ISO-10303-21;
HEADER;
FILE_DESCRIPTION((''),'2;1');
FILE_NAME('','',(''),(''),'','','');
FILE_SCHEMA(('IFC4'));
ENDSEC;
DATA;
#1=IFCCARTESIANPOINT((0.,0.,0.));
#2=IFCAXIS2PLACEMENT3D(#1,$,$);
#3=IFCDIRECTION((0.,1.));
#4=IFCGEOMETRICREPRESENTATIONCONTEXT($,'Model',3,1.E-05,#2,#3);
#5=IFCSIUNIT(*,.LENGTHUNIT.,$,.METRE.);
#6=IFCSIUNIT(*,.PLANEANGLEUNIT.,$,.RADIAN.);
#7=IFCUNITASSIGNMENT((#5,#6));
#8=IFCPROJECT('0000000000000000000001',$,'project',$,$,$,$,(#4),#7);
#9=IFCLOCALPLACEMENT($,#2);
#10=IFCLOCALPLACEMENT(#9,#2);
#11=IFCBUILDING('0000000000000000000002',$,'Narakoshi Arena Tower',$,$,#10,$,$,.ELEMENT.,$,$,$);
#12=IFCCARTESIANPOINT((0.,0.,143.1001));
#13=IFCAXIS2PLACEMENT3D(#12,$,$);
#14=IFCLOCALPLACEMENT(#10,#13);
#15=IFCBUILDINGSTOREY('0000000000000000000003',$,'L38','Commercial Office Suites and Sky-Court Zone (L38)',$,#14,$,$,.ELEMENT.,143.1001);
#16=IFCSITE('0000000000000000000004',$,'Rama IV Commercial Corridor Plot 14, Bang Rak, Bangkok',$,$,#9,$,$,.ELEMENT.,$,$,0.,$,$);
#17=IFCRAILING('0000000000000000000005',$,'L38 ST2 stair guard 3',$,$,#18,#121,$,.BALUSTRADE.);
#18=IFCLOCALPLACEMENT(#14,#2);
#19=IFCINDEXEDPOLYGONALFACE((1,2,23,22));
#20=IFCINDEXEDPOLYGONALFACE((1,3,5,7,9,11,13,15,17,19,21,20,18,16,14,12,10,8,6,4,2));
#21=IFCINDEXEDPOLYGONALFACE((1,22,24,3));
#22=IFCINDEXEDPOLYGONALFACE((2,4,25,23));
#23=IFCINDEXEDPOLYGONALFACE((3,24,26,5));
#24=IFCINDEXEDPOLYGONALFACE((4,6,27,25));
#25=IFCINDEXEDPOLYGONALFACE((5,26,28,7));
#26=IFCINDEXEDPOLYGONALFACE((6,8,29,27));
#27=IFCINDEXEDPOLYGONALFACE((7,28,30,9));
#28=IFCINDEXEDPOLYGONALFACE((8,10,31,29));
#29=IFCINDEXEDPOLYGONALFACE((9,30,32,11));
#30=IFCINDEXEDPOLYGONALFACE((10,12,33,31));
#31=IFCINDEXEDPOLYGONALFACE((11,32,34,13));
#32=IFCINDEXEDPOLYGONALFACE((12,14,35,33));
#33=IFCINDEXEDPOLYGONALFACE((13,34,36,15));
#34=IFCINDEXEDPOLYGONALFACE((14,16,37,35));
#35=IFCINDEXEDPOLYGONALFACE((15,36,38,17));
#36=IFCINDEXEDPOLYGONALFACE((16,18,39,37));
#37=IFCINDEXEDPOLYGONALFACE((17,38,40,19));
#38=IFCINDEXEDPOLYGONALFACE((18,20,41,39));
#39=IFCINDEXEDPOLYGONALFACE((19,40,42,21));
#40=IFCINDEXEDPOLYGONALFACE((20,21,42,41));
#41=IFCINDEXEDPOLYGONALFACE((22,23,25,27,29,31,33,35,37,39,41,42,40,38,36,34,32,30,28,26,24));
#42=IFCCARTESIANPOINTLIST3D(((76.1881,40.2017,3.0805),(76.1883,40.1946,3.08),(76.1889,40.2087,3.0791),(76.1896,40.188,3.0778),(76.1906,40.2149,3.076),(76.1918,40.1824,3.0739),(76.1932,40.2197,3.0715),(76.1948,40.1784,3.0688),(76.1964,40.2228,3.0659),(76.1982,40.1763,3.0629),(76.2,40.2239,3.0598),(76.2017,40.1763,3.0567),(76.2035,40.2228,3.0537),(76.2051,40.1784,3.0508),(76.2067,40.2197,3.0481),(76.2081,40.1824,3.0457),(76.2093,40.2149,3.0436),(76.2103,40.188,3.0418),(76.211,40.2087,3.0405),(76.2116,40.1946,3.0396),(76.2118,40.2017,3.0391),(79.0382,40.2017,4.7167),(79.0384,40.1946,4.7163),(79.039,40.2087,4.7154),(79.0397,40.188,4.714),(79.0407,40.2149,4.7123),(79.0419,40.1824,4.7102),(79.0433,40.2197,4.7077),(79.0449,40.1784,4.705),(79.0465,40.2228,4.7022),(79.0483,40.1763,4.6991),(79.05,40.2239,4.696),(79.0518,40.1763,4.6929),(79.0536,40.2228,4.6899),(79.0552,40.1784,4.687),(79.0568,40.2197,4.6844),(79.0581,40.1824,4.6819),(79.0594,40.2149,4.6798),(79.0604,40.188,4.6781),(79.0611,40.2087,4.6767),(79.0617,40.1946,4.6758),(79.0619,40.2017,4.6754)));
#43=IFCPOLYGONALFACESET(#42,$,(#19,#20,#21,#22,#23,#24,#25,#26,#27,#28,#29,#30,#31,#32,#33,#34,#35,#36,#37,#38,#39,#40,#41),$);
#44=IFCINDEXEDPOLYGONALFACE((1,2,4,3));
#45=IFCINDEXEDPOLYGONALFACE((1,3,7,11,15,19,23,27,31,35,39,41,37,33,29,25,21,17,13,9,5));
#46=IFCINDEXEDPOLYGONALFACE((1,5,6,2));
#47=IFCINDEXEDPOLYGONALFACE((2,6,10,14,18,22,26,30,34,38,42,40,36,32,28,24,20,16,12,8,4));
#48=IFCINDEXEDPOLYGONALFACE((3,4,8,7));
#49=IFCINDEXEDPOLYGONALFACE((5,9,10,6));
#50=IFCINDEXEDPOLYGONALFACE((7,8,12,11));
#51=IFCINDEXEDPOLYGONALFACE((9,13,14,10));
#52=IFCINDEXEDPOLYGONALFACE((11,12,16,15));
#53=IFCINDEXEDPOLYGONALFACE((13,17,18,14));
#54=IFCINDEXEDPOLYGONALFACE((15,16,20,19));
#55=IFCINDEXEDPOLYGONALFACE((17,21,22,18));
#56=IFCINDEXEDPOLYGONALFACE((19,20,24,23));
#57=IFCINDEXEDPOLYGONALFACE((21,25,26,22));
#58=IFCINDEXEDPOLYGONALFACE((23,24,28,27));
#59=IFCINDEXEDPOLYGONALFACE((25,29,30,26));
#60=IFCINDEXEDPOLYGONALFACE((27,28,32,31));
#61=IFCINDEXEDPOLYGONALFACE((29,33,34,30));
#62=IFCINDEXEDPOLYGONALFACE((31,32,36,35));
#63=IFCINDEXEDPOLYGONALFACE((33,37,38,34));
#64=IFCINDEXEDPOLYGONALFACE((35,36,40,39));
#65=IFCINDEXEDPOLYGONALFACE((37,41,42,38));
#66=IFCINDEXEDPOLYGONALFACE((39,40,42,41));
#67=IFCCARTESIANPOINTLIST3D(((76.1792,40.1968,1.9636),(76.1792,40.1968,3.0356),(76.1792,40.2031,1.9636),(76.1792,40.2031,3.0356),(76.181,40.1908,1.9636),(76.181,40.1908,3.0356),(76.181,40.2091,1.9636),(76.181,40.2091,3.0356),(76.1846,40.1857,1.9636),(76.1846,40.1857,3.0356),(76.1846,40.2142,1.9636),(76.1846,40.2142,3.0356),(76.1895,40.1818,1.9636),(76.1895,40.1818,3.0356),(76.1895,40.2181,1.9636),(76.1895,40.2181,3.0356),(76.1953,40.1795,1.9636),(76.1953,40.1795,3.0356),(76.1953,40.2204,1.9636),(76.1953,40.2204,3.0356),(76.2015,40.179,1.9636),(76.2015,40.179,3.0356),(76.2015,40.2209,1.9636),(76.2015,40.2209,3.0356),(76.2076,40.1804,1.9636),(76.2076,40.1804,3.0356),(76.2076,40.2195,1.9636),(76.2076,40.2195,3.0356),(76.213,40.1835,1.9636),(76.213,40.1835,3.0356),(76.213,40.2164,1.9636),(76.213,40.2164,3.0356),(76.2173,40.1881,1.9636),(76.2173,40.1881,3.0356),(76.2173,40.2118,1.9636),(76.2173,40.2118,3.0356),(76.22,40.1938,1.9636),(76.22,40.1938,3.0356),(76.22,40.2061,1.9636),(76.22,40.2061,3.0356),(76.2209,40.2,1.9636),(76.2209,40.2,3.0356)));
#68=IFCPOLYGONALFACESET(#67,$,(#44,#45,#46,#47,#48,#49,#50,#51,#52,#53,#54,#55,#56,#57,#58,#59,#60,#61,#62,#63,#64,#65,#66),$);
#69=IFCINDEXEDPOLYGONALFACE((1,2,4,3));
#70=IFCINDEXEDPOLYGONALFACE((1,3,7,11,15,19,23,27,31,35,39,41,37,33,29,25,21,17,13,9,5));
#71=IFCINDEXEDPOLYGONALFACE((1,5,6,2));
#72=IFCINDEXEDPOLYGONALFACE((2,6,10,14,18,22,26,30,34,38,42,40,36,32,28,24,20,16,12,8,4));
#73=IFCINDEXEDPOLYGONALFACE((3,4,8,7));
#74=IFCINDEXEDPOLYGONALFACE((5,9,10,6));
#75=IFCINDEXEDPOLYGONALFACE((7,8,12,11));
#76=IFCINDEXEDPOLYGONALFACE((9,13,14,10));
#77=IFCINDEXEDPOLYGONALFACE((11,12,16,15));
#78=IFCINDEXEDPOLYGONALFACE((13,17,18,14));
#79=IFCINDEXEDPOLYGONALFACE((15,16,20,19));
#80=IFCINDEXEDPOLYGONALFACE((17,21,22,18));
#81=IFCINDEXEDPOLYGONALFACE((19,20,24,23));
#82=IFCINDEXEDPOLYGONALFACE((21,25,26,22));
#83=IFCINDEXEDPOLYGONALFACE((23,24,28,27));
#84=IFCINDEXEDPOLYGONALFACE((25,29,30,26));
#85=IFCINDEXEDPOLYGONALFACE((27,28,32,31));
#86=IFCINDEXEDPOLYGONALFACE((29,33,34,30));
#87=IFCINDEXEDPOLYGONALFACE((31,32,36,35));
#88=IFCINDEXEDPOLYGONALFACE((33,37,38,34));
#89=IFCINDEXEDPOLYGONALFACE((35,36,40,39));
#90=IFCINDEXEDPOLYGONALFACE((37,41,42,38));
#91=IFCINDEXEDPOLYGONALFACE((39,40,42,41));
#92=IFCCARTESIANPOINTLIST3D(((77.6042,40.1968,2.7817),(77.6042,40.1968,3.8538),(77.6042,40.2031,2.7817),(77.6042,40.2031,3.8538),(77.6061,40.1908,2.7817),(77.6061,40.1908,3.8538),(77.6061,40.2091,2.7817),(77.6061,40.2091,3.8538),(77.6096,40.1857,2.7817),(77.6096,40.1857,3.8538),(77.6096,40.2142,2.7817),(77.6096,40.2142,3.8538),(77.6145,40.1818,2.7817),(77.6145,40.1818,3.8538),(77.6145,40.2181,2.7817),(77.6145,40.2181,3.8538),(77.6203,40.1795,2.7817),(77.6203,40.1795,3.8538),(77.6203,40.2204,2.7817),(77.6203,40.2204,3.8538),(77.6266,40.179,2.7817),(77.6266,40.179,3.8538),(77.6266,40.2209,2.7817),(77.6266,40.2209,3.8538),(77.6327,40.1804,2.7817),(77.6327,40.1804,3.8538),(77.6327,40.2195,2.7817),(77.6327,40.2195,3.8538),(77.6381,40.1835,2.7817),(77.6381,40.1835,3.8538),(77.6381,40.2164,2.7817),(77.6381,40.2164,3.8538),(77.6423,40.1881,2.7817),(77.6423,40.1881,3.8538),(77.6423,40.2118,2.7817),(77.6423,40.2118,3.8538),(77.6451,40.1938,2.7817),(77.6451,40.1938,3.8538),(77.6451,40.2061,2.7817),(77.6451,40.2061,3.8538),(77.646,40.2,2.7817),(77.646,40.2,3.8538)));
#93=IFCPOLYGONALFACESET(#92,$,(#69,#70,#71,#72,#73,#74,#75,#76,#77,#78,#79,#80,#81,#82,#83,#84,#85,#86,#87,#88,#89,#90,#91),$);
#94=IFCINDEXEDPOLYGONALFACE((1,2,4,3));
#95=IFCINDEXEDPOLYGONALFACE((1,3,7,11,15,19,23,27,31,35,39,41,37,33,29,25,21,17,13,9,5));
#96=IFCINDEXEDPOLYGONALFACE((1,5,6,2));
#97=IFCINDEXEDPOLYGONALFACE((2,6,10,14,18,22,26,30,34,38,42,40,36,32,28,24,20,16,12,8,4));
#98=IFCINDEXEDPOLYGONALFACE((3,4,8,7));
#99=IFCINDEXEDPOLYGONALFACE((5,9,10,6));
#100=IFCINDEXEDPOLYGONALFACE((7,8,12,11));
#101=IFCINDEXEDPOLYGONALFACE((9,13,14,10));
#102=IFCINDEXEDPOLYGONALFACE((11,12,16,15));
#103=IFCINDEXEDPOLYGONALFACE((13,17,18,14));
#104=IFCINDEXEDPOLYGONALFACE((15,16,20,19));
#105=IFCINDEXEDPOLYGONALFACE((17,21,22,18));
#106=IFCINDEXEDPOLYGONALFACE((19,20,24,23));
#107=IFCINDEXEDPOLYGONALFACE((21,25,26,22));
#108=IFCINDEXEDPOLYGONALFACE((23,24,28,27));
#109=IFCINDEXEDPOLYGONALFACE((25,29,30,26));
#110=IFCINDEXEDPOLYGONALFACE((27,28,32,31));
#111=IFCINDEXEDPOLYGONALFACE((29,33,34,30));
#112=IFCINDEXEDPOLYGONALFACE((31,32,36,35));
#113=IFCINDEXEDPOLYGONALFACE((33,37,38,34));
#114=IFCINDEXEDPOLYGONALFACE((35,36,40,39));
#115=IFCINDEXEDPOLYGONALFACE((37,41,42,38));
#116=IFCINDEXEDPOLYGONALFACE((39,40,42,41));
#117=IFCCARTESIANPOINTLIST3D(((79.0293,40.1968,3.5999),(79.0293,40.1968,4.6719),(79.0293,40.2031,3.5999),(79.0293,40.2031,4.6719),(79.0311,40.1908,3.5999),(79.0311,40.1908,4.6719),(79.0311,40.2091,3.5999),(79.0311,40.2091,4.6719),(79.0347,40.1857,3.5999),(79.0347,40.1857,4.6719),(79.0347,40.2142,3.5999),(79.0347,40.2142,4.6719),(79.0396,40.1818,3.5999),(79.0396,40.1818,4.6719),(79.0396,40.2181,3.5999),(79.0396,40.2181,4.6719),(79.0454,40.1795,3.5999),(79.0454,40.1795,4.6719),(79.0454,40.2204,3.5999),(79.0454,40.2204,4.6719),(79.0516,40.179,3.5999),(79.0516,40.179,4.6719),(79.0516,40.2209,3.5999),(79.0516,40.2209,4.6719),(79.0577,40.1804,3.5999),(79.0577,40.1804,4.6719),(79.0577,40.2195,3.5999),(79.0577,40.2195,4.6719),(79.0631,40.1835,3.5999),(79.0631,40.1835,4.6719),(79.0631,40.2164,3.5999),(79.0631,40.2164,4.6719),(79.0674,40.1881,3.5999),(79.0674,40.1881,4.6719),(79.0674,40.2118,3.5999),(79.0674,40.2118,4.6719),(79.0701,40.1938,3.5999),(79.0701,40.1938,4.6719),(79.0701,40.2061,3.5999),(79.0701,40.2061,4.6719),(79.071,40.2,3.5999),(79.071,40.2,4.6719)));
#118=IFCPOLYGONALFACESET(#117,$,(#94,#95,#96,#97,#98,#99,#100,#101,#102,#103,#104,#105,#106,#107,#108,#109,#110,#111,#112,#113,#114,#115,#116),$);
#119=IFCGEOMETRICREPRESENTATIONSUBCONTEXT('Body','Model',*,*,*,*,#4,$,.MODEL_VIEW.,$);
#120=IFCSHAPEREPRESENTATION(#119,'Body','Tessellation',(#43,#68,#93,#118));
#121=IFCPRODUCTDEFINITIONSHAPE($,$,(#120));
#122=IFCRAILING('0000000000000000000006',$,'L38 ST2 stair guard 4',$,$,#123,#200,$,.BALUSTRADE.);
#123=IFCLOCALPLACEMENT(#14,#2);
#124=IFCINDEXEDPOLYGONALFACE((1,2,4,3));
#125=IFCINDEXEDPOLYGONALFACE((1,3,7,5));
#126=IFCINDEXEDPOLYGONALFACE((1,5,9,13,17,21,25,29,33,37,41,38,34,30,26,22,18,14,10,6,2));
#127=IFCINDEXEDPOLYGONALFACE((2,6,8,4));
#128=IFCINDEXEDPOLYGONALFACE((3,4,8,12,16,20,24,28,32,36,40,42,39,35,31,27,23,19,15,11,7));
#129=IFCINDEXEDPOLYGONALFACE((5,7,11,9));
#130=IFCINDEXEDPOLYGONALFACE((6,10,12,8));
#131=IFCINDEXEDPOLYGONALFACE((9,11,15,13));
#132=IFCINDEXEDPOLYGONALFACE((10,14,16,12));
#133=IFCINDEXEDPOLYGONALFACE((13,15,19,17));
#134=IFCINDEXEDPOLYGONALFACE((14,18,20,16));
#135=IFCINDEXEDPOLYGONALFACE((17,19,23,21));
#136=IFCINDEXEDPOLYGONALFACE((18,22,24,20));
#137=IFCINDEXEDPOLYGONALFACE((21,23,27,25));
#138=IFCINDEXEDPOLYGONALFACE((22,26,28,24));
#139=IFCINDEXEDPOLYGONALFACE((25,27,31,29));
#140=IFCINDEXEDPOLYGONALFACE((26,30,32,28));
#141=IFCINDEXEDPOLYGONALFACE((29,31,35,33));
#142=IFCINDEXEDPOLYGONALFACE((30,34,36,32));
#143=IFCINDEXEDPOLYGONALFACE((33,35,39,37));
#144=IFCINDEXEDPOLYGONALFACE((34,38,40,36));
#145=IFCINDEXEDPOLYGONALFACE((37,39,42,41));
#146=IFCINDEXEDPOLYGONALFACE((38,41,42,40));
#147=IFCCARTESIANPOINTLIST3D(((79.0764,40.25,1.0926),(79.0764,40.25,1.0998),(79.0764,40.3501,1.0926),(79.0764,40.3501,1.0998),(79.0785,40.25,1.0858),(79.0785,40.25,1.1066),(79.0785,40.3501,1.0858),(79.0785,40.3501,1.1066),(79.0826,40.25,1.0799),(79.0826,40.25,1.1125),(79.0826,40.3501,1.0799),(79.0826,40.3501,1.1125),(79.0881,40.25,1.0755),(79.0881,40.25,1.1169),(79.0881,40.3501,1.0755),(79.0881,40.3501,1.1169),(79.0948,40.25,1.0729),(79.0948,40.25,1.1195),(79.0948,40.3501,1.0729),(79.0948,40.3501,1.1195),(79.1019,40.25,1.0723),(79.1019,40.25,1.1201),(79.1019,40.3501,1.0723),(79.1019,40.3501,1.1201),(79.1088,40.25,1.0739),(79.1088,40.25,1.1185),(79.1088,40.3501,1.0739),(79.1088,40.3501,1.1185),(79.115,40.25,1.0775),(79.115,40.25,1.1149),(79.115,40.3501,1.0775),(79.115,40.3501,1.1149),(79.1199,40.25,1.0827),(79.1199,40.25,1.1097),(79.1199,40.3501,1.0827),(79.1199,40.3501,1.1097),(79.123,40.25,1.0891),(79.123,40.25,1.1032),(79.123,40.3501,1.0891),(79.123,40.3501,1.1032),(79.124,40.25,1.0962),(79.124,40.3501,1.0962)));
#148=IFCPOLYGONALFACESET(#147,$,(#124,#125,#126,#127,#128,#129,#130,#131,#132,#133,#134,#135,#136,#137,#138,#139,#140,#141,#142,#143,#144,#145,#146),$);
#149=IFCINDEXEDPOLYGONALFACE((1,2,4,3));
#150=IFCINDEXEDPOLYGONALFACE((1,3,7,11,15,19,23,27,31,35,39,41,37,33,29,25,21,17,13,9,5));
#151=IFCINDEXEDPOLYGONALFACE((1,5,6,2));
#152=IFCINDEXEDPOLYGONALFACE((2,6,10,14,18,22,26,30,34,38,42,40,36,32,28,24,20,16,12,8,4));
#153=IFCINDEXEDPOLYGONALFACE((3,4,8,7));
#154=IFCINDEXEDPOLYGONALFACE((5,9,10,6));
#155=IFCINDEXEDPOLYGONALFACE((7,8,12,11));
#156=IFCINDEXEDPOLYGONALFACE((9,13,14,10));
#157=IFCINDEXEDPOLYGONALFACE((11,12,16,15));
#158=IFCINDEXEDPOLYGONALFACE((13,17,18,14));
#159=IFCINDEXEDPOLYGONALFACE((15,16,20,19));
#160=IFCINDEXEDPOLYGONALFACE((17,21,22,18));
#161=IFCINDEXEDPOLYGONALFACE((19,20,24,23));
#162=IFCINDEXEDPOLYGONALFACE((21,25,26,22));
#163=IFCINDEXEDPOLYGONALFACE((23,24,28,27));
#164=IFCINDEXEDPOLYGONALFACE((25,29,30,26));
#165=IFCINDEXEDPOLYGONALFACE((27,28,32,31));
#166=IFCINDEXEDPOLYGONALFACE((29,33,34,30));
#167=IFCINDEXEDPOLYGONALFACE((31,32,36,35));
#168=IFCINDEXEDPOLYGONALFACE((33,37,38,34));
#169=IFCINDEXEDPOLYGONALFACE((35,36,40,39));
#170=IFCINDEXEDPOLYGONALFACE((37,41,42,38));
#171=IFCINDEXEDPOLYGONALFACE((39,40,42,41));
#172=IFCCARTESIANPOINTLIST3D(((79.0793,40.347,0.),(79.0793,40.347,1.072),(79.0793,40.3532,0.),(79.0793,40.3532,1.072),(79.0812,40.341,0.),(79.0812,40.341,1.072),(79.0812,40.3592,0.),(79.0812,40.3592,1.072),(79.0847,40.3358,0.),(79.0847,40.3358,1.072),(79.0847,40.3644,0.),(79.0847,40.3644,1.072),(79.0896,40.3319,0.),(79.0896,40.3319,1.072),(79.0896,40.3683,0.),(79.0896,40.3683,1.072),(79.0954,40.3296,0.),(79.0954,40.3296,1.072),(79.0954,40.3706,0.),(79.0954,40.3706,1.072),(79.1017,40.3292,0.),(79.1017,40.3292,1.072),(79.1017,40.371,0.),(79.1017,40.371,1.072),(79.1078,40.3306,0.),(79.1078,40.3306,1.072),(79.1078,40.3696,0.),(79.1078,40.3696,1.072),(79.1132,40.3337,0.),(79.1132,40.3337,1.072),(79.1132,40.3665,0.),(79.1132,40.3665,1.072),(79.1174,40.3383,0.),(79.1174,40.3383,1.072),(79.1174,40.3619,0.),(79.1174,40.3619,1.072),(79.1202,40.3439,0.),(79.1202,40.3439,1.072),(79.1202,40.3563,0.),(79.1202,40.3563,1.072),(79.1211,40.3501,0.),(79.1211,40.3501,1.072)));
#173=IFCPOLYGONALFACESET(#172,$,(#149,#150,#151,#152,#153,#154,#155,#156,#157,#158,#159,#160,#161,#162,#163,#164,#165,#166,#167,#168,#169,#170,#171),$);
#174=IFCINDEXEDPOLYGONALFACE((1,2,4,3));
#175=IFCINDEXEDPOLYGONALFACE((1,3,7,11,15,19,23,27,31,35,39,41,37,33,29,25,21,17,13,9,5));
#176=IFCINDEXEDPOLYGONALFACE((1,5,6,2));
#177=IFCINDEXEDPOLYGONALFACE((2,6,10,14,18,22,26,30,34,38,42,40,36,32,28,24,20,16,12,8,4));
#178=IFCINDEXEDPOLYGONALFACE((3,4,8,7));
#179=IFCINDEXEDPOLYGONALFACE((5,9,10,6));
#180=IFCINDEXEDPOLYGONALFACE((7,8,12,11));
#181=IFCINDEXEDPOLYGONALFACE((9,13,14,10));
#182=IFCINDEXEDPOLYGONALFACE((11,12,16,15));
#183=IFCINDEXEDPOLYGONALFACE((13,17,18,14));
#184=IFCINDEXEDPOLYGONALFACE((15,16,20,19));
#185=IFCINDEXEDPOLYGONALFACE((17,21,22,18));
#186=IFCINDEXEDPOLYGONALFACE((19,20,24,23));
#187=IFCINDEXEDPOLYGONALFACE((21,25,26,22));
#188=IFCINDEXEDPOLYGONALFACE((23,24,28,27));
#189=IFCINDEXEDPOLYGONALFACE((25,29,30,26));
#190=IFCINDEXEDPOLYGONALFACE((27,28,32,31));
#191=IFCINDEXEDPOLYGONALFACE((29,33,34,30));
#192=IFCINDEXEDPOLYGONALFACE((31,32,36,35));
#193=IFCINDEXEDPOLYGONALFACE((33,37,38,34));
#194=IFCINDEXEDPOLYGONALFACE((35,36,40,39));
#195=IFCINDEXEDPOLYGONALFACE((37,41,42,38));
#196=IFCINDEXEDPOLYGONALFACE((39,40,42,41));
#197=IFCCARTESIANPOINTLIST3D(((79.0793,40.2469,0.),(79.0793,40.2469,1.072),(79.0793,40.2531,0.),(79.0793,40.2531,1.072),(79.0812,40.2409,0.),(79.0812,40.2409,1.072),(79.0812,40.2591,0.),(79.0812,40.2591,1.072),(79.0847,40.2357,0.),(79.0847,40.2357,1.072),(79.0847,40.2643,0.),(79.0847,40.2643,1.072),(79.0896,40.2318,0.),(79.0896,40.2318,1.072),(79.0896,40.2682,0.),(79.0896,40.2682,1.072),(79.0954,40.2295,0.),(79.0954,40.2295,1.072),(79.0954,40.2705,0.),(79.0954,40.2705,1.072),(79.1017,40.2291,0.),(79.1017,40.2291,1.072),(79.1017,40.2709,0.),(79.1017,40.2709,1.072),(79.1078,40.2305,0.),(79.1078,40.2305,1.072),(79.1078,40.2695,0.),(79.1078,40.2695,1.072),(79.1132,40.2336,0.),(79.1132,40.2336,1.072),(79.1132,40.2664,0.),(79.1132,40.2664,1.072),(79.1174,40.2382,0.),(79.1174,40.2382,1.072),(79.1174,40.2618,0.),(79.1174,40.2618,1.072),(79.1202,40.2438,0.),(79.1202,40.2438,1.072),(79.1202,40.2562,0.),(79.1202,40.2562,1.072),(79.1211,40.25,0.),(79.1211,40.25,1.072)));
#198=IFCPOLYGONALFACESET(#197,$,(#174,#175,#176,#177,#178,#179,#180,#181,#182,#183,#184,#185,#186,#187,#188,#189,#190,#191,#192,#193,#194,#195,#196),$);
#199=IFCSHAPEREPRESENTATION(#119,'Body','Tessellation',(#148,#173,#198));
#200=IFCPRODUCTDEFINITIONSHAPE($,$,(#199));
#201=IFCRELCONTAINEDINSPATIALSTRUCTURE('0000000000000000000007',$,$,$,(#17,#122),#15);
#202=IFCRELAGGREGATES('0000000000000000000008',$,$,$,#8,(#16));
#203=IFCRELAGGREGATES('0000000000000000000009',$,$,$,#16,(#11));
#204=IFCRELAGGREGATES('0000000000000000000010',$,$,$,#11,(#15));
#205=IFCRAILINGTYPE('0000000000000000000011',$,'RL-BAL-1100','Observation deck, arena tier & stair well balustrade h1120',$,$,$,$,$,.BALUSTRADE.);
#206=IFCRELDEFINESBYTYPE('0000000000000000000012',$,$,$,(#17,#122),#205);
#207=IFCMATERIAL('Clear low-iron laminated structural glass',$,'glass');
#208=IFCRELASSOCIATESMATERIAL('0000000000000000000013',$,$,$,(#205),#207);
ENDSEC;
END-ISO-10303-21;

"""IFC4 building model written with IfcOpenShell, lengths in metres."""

from ifc_helpers import new_model, si_unit, direction, frame, origin, origin_2d, place, context, subcontext, project, spatial, circle, extrude, material, type_object, element, save


model = new_model("IFC4")

# Units and contexts
model_context = context("Model", 3, precision=1e-05, world=origin(), true_north=direction((0.0, 1.0)))
body_context = subcontext(model_context, "Body", "Model", "MODEL_VIEW")
ifc_project = project(units=[si_unit("LENGTHUNIT", "METRE"), si_unit("PLANEANGLEUNIT", "RADIAN")], contexts=[model_context])

# Site, building, storey
site_placement = place(None, origin())
site = spatial("IfcSite", under=ifc_project, at=site_placement, Name="Rama IV Commercial Corridor Plot 14, Bang Rak, Bangkok", CompositionType="ELEMENT", RefElevation=0.0)
building_placement = place(site_placement, origin())
building = spatial("IfcBuilding", under=site, at=building_placement, Name="Narakoshi Arena Tower", CompositionType="ELEMENT")
storey_placement = place(building_placement, frame((0.0, 0.0, 143.1001)))
storey = spatial("IfcBuildingStorey", under=building, at=storey_placement, Name="L38", Description="Commercial Office Suites and Sky-Court Zone (L38)", CompositionType="ELEMENT", Elevation=143.1001)

# Railings
ifc_material_1 = material(Name="Clear low-iron laminated structural glass", Category="glass")
railing_type_1 = type_object("IfcRailingType", Name="RL-BAL-1100", Description="Observation deck, arena tier & stair well balustrade h1120", PredefinedType="BALUSTRADE", material=ifc_material_1)
railing_1_placement = place(storey_placement, frame((76.2, 40.2, 1.9636)))
element("IfcRailing", 1, at=railing_1_placement, inside=storey, type_object=railing_type_1, Name="L38 ST2 stair guard 3", PredefinedType="BALUSTRADE", context=body_context, shape_type="SweptSolid", body=[
    extrude(circle(Radius=0.0239, at=origin_2d()), frame((0.0, 0.0, 1.0962), z_axis=(0.867245, 0.0, 0.497882), x_axis=(0.0, 1.0, 0.0)), (0.0, 0.0, 1.0), 3.2864),
    extrude(circle(Radius=0.021, at=origin_2d()), origin(), (0.0, 0.0, 1.0), 1.072),
    extrude(circle(Radius=0.021, at=origin_2d()), frame((1.425, 0.0, 0.8181)), (0.0, 0.0, 1.0), 1.072),
    extrude(circle(Radius=0.021, at=origin_2d()), frame((2.8501, 0.0, 1.6362)), (0.0, 0.0, 1.0), 1.072),
])
railing_2_placement = place(storey_placement, frame((79.1001, 40.3501, 0.0)))
element("IfcRailing", 2, at=railing_2_placement, inside=storey, type_object=railing_type_1, Name="L38 ST2 stair guard 4", PredefinedType="BALUSTRADE", context=body_context, shape_type="SweptSolid", body=[
    extrude(circle(Radius=0.0239, at=origin_2d()), frame((0.0, 0.0, 1.0962), z_axis=(0.0, -1.0, 0.0), x_axis=(1.0, 0.0, 0.0)), (0.0, 0.0, 1.0), 0.1001),
    extrude(circle(Radius=0.021, at=origin_2d()), origin(), (0.0, 0.0, 1.0), 1.072),
    extrude(circle(Radius=0.021, at=origin_2d()), frame((0.0, -0.1001, 0.0)), (0.0, 0.0, 1.0), 1.072),
])

save(model, "model.ifc")
